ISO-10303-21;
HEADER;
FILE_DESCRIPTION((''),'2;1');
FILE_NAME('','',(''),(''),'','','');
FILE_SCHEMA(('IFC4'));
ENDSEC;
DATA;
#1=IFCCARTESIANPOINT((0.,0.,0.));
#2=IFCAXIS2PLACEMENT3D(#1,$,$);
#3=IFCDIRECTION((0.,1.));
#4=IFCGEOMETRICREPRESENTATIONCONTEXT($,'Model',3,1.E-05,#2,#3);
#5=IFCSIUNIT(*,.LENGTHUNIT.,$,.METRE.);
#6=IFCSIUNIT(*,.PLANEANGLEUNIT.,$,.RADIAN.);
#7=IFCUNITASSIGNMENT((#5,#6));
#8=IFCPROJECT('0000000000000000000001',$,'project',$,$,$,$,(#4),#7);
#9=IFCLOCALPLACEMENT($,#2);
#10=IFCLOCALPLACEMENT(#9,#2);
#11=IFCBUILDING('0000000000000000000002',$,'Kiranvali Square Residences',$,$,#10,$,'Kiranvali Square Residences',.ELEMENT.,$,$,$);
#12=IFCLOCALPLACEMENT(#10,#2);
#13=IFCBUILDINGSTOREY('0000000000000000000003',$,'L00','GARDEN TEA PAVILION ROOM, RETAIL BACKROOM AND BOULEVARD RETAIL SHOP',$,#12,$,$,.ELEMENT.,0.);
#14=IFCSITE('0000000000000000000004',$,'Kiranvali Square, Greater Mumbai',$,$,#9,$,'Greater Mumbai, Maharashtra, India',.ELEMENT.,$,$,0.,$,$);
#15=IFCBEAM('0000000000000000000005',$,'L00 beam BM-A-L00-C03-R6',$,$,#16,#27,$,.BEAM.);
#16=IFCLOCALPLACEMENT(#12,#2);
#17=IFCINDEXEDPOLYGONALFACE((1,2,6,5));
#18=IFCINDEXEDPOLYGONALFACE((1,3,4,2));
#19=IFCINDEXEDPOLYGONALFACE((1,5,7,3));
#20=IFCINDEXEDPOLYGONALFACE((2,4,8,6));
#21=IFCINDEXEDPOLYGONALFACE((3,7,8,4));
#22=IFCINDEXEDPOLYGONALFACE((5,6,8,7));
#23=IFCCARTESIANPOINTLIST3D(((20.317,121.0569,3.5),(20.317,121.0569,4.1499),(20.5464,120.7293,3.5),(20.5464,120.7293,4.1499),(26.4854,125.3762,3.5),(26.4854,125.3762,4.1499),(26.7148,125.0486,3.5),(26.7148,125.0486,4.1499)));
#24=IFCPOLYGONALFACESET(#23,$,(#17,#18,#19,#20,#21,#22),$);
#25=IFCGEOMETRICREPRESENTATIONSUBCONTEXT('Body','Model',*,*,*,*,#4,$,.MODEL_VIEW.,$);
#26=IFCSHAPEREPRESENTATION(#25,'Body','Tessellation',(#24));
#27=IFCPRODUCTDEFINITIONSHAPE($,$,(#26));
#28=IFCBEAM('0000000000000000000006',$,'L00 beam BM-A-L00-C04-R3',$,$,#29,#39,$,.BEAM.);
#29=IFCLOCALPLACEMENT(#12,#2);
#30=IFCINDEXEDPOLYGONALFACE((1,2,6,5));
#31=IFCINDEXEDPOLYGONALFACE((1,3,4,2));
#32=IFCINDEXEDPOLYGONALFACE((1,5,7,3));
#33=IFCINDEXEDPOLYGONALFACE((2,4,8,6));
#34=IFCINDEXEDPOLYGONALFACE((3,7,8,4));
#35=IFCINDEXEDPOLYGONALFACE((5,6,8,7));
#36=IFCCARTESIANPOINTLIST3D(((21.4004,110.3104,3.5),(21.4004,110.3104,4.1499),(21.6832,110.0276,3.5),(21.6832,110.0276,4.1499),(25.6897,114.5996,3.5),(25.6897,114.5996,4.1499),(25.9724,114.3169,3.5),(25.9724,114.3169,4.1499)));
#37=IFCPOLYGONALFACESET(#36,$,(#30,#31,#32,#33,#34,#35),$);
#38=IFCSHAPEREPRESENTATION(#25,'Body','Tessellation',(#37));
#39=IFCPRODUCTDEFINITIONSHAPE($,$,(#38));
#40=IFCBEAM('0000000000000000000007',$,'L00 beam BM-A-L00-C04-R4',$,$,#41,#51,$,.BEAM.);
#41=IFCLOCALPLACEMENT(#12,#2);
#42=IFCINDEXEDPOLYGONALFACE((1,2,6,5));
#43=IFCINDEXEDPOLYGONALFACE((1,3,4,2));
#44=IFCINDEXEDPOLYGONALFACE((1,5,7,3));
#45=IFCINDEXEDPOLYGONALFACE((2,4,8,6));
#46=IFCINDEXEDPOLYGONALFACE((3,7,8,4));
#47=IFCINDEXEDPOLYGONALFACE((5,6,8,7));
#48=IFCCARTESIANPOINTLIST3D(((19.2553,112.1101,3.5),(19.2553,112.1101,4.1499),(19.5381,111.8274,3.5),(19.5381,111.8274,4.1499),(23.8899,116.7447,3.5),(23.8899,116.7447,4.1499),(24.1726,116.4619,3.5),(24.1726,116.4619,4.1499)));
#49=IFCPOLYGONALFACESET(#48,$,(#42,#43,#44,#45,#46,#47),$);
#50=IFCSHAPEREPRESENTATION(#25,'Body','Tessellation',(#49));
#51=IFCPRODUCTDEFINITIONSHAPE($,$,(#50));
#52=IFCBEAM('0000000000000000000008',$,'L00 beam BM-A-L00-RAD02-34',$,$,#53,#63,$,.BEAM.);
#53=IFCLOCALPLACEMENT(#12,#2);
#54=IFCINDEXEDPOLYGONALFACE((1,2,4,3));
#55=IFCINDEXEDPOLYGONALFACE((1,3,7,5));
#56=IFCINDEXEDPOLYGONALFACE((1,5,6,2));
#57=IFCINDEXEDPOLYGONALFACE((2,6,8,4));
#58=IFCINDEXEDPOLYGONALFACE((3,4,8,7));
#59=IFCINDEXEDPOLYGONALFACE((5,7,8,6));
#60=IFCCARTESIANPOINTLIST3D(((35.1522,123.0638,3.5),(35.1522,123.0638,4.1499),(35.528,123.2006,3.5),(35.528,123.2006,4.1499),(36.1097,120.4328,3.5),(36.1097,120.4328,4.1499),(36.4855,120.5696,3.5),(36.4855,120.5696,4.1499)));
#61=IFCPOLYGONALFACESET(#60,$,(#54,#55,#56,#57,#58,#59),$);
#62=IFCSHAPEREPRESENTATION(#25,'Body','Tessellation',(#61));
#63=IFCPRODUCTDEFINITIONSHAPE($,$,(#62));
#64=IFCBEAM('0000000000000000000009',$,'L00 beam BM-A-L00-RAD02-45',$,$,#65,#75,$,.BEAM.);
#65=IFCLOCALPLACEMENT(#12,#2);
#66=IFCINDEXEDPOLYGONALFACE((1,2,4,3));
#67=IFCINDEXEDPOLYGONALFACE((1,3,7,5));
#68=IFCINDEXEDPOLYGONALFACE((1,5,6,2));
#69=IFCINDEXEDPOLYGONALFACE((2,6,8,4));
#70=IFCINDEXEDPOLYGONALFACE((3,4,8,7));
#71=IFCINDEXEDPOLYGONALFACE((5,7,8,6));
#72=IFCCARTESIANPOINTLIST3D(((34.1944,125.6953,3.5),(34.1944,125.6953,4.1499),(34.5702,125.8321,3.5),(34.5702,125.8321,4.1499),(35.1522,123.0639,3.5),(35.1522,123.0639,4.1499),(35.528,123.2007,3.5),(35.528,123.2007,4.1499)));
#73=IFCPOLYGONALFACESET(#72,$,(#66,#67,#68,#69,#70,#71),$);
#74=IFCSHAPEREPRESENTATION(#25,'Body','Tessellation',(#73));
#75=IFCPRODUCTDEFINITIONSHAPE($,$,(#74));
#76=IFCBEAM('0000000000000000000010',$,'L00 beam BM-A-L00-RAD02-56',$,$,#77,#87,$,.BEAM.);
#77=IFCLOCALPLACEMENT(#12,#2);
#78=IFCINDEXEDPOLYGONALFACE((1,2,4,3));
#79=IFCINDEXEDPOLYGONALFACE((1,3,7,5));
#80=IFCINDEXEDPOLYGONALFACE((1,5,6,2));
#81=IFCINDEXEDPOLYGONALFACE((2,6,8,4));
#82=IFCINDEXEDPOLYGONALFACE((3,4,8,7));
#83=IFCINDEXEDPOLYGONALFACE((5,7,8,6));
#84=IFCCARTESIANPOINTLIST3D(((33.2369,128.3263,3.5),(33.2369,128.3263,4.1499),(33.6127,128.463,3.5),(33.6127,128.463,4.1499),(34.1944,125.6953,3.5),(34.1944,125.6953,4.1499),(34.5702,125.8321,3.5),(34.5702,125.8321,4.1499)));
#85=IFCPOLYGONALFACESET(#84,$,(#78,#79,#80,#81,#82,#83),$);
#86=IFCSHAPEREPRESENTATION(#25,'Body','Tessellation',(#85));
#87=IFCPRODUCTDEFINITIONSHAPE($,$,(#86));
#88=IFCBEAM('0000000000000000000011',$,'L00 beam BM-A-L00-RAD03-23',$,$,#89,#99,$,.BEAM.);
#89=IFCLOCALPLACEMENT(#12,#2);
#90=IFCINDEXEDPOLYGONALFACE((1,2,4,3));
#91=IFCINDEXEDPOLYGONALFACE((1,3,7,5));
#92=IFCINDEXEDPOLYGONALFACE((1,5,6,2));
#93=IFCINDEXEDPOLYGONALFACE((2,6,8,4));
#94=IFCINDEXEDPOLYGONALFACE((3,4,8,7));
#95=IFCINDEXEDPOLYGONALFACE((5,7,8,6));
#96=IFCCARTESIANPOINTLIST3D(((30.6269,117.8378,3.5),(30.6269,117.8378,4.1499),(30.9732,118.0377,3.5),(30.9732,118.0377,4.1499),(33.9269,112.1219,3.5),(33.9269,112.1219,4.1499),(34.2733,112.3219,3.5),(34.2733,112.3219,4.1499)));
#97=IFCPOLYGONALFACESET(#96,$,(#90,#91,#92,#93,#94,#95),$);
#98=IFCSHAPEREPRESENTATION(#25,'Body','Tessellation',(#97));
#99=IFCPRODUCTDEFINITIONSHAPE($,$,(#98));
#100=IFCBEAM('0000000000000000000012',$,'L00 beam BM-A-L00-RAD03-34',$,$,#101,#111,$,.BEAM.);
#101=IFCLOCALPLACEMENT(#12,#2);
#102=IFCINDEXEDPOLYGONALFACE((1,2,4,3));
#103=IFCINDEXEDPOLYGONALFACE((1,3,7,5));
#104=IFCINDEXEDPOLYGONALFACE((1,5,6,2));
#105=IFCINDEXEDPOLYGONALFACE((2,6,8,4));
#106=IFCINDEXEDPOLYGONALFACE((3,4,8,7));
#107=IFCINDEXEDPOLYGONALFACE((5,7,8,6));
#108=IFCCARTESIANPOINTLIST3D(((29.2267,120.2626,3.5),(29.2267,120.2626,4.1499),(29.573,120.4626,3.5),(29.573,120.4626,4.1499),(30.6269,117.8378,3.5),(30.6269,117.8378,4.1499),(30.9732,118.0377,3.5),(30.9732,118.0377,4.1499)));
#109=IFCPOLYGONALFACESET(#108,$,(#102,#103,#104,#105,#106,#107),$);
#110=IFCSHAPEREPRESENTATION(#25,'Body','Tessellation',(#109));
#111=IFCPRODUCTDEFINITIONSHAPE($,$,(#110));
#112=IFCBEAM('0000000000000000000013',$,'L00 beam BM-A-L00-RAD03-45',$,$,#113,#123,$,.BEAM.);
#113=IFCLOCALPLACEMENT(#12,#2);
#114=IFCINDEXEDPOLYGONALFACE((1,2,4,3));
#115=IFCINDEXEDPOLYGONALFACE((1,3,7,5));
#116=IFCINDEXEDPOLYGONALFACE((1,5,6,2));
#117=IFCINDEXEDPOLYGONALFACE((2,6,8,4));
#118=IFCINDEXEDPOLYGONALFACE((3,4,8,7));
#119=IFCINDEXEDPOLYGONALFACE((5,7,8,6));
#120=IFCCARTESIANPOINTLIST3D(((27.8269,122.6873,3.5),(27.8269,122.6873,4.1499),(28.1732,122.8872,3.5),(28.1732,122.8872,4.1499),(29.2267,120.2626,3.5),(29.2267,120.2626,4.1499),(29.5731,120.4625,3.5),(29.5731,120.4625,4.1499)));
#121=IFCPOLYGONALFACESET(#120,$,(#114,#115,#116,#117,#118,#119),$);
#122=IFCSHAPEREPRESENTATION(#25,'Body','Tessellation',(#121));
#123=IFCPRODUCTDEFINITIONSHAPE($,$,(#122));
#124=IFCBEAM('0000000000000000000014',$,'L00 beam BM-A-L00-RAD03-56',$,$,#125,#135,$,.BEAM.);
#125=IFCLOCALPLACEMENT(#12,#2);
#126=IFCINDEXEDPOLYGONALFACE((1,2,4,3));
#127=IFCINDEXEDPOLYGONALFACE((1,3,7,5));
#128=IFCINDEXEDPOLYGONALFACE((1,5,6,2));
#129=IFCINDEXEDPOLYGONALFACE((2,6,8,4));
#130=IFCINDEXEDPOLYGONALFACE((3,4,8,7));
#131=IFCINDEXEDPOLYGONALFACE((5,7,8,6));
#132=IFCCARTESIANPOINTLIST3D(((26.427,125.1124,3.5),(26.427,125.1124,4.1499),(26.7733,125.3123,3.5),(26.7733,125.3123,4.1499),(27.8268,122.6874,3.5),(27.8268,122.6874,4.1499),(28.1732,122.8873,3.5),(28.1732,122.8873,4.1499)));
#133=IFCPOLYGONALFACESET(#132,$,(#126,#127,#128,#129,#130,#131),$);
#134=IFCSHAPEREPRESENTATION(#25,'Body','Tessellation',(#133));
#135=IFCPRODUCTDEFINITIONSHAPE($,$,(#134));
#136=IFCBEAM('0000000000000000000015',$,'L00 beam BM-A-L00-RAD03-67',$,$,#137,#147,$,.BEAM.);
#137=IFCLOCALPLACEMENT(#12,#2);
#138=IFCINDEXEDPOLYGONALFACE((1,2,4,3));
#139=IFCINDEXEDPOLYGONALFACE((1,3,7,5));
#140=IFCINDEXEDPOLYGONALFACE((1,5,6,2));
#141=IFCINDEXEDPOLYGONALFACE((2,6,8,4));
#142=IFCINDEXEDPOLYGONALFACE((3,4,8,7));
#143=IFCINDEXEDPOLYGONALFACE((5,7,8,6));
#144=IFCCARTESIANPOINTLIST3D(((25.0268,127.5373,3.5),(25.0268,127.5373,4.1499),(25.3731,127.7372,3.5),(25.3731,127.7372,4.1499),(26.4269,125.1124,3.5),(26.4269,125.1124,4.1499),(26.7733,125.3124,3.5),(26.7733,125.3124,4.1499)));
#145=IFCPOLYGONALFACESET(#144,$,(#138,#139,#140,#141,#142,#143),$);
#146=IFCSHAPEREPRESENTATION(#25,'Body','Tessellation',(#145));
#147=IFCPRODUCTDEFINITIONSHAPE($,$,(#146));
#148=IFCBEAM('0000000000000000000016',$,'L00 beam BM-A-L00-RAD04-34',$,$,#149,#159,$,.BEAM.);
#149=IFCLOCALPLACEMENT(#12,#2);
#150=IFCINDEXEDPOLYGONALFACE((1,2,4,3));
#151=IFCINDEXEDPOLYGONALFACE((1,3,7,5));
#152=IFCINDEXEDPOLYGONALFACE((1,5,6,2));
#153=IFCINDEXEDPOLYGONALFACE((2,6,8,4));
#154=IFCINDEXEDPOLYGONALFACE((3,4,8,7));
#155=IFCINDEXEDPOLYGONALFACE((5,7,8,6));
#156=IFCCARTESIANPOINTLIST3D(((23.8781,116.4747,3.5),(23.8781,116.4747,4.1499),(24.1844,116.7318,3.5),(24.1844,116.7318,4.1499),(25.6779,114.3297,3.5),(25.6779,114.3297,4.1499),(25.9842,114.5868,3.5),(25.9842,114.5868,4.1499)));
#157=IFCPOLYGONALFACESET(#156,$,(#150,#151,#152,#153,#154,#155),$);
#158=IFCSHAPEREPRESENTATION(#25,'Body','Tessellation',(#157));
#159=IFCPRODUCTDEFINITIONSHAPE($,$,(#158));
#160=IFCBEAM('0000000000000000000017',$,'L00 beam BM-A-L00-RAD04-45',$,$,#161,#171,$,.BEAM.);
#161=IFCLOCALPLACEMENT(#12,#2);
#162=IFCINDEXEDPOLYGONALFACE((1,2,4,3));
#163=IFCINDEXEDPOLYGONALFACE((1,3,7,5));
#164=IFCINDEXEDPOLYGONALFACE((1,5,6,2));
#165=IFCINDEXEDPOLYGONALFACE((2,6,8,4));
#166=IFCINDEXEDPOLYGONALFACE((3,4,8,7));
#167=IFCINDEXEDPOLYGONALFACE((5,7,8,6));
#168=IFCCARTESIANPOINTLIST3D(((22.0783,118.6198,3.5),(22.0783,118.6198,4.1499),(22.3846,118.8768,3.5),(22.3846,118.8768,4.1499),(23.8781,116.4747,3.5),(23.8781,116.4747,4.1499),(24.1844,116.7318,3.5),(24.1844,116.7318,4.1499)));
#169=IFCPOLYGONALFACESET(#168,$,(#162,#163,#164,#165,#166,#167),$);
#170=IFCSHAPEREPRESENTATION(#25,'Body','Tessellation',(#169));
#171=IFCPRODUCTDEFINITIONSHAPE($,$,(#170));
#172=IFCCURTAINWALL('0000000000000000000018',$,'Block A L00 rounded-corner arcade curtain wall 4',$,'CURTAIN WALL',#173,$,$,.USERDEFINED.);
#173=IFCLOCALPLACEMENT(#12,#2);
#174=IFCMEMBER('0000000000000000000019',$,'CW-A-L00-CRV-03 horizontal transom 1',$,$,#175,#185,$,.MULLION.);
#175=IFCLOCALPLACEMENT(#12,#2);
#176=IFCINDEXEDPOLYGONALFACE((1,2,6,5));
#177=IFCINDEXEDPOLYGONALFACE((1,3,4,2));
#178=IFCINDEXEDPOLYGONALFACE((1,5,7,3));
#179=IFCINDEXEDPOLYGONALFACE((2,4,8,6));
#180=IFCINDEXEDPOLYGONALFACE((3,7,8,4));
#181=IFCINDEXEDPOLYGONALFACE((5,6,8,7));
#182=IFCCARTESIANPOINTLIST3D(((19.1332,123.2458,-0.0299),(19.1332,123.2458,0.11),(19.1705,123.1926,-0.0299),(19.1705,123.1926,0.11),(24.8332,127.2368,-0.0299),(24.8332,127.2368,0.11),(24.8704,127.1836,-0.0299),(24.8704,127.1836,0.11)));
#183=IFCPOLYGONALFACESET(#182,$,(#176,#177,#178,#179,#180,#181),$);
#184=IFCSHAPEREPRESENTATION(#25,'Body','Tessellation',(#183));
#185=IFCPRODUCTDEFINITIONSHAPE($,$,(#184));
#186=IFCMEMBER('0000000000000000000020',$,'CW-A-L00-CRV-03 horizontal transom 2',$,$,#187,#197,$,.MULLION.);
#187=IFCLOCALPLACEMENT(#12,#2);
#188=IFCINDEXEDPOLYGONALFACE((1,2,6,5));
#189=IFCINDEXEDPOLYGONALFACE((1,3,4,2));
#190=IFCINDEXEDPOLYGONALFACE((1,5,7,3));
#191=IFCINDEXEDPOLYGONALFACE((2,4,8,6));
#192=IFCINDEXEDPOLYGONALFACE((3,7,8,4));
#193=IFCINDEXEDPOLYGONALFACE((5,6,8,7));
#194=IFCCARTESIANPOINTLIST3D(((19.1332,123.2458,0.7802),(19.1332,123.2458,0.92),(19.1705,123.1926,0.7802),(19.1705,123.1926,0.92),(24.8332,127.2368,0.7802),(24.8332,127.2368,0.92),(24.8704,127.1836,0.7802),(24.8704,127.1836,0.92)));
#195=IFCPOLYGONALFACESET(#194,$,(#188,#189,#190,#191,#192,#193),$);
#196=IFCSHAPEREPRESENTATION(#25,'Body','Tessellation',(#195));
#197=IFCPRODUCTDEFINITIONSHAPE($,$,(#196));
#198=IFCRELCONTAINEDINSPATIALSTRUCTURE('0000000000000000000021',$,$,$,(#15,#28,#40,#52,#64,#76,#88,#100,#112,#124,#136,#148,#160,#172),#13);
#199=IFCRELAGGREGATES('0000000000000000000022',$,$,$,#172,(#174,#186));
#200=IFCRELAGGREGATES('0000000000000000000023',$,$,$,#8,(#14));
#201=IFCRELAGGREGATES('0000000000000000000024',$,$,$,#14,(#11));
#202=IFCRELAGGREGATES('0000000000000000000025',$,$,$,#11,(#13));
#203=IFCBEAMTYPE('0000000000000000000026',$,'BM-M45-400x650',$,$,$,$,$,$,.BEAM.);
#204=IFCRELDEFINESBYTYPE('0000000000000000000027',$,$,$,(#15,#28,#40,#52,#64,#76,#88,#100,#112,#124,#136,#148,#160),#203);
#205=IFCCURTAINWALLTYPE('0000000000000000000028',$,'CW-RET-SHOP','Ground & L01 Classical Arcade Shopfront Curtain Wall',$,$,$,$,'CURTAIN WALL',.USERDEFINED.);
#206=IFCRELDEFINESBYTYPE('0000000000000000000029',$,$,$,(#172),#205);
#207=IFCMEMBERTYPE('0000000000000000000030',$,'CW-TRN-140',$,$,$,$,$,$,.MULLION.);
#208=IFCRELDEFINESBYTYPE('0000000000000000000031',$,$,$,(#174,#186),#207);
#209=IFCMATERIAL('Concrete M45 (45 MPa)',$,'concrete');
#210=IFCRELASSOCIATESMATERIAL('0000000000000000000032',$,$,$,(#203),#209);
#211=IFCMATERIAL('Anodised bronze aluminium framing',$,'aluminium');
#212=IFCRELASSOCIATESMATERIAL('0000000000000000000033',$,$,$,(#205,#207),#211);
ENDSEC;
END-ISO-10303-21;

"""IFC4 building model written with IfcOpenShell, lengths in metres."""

from ifc_helpers import new_model, si_unit, direction, frame, origin, origin_2d, place, context, subcontext, project, spatial, rectangle, extrude, material, material_profile, profile_set, type_object, element, aggregate, save


model = new_model("IFC4")

# Units and contexts
model_context = context("Model", 3, precision=1e-05, world=origin(), true_north=direction((0.0, 1.0)))
body_context = subcontext(model_context, "Body", "Model", "MODEL_VIEW")
ifc_project = project(units=[si_unit("LENGTHUNIT", "METRE"), si_unit("PLANEANGLEUNIT", "RADIAN")], contexts=[model_context])

# Site, building, storey
site_placement = place(None, origin())
site = spatial("IfcSite", under=ifc_project, at=site_placement, Name="Kiranvali Square, Greater Mumbai", LongName="Greater Mumbai, Maharashtra, India", CompositionType="ELEMENT", RefElevation=0.0)
building_placement = place(site_placement, origin())
building = spatial("IfcBuilding", under=site, at=building_placement, Name="Kiranvali Square Residences", LongName="Kiranvali Square Residences", CompositionType="ELEMENT")
storey_placement = place(building_placement, origin())
storey = spatial("IfcBuildingStorey", under=building, at=storey_placement, Name="L00", Description="GARDEN TEA PAVILION ROOM, RETAIL BACKROOM AND BOULEVARD RETAIL SHOP", CompositionType="ELEMENT", Elevation=0.0)

# Shared definitions
ifc_material_1 = material(Name="Concrete M45 (45 MPa)", Category="concrete")

# Beams
ifc_material_profile_1 = material_profile(ifc_material_1, rectangle(XDim=0.3999, YDim=0.6499, at=origin_2d()), Name="RC 400x650")
ifc_profile_set_1 = profile_set([ifc_material_profile_1], Name="Concrete M45 (45 MPa)")
beam_type = type_object("IfcBeamType", Name="BM-M45-400x650", PredefinedType="BEAM", material=ifc_profile_set_1)
beam_1_placement = place(storey_placement, frame((26.6001, 125.2124, 3.825), z_axis=(-0.819144, -0.573589, 0.0), x_axis=(0.573589, -0.819144, 0.0)))
element("IfcBeam", 1, at=beam_1_placement, inside=storey, type_object=beam_type, Name="L00 beam BM-A-L00-C03-R6", PredefinedType="BEAM", context=body_context, shape_type="SweptSolid", body=[
    extrude(rectangle(XDim=0.3999, YDim=0.6499, at=origin_2d()), origin(), (0.0, 0.0, 1.0), 7.5303),
])
beam_2_placement = place(storey_placement, frame((25.8311, 114.4583, 3.825), z_axis=(-0.707107, -0.707107, 0.0), x_axis=(0.707107, -0.707107, 0.0)))
element("IfcBeam", 2, at=beam_2_placement, inside=storey, type_object=beam_type, Name="L00 beam BM-A-L00-C04-R3", PredefinedType="BEAM", context=body_context, shape_type="SweptSolid", body=[
    extrude(rectangle(XDim=0.3999, YDim=0.6499, at=origin_2d()), origin(), (0.0, 0.0, 1.0), 6.0659),
])
beam_3_placement = place(storey_placement, frame((24.0312, 116.6033, 3.825), z_axis=(-0.707107, -0.707107, 0.0), x_axis=(0.707107, -0.707107, 0.0)))
element("IfcBeam", 3, at=beam_3_placement, inside=storey, type_object=beam_type, Name="L00 beam BM-A-L00-C04-R4", PredefinedType="BEAM", context=body_context, shape_type="SweptSolid", body=[
    extrude(rectangle(XDim=0.3999, YDim=0.6499, at=origin_2d()), origin(), (0.0, 0.0, 1.0), 6.5542),
])
beam_4_placement = place(storey_placement, frame((36.2976, 120.5012, 3.825), z_axis=(-0.341981, 0.939707, 0.0), x_axis=(-0.939707, -0.341981, 0.0)))
element("IfcBeam", 4, at=beam_4_placement, inside=storey, type_object=beam_type, Name="L00 beam BM-A-L00-RAD02-34", PredefinedType="BEAM", context=body_context, shape_type="SweptSolid", body=[
    extrude(rectangle(XDim=0.3999, YDim=0.6499, at=origin_2d()), origin(), (0.0, 0.0, 1.0), 2.7998),
])
beam_5_placement = place(storey_placement, frame((35.3401, 123.1323, 3.825), z_axis=(-0.34203, 0.939689, 0.0), x_axis=(-0.939689, -0.34203, 0.0)))
element("IfcBeam", 5, at=beam_5_placement, inside=storey, type_object=beam_type, Name="L00 beam BM-A-L00-RAD02-45", PredefinedType="BEAM", context=body_context, shape_type="SweptSolid", body=[
    extrude(rectangle(XDim=0.3999, YDim=0.6499, at=origin_2d()), origin(), (0.0, 0.0, 1.0), 2.8003),
])
beam_6_placement = place(storey_placement, frame((34.3823, 125.7637, 3.825), z_axis=(-0.341981, 0.939707, 0.0), x_axis=(-0.939707, -0.341981, 0.0)))
element("IfcBeam", 6, at=beam_6_placement, inside=storey, type_object=beam_type, Name="L00 beam BM-A-L00-RAD02-56", PredefinedType="BEAM", context=body_context, shape_type="SweptSolid", body=[
    extrude(rectangle(XDim=0.3999, YDim=0.6499, at=origin_2d()), origin(), (0.0, 0.0, 1.0), 2.7998),
])
beam_7_placement = place(storey_placement, frame((34.1001, 112.2219, 3.825), z_axis=(-0.500002, 0.866024, 0.0), x_axis=(-0.866024, -0.500002, 0.0)))
element("IfcBeam", 7, at=beam_7_placement, inside=storey, type_object=beam_type, Name="L00 beam BM-A-L00-RAD03-23", PredefinedType="BEAM", context=body_context, shape_type="SweptSolid", body=[
    extrude(rectangle(XDim=0.3999, YDim=0.6499, at=origin_2d()), origin(), (0.0, 0.0, 1.0), 6.6001),
])
beam_8_placement = place(storey_placement, frame((30.8, 117.9377, 3.825), z_axis=(-0.50005, 0.865997, 0.0), x_axis=(-0.865997, -0.50005, 0.0)))
element("IfcBeam", 8, at=beam_8_placement, inside=storey, type_object=beam_type, Name="L00 beam BM-A-L00-RAD03-34", PredefinedType="BEAM", context=body_context, shape_type="SweptSolid", body=[
    extrude(rectangle(XDim=0.3999, YDim=0.6499, at=origin_2d()), origin(), (0.0, 0.0, 1.0), 2.8),
])
beam_9_placement = place(storey_placement, frame((29.3999, 120.3625, 3.825), z_axis=(-0.499984, 0.866035, 0.0), x_axis=(-0.866035, -0.499984, 0.0)))
element("IfcBeam", 9, at=beam_9_placement, inside=storey, type_object=beam_type, Name="L00 beam BM-A-L00-RAD03-45", PredefinedType="BEAM", context=body_context, shape_type="SweptSolid", body=[
    extrude(rectangle(XDim=0.3999, YDim=0.6499, at=origin_2d()), origin(), (0.0, 0.0, 1.0), 2.7998),
])
for number, where, z_axis, x_axis, name in (
    (10, (28.0, 122.7874, 3.825), (-0.499946, 0.866056, 0.0), (-0.866056, -0.499946, 0.0), "L00 beam BM-A-L00-RAD03-56"),
    (11, (26.6001, 125.2124, 3.825), (-0.50005, 0.865997, 0.0), (-0.865997, -0.50005, 0.0), "L00 beam BM-A-L00-RAD03-67"),
    (12, (25.8311, 114.4583, 3.825), (-0.642771, 0.766059, 0.0), (-0.766059, -0.642771, 0.0), "L00 beam BM-A-L00-RAD04-34"),
    (13, (24.0312, 116.6033, 3.825), (-0.642771, 0.766059, 0.0), (-0.766059, -0.642771, 0.0), "L00 beam BM-A-L00-RAD04-45"),
):
    element("IfcBeam", number, at=place(storey_placement, frame(where, z_axis=z_axis, x_axis=x_axis)), inside=storey, type_object=beam_type, Name=name, PredefinedType="BEAM", context=body_context, shape_type="SweptSolid", body=[
        extrude(rectangle(XDim=0.3999, YDim=0.6499, at=origin_2d()), origin(), (0.0, 0.0, 1.0), 2.8),
    ])

# Curtain wall, members
ifc_material_2 = material(Name="Anodised bronze aluminium framing", Category="aluminium")
curtain_wall_type = type_object("IfcCurtainWallType", Name="CW-RET-SHOP", Description="Ground & L01 Classical Arcade Shopfront Curtain Wall", ElementType="CURTAIN WALL", PredefinedType="USERDEFINED", material=ifc_material_2)
curtain_wall_placement = place(storey_placement, origin())
curtain_wall = element("IfcCurtainWall", 14, at=curtain_wall_placement, inside=storey, type_object=curtain_wall_type, Name="Block A L00 rounded-corner arcade curtain wall 4", ObjectType="CURTAIN WALL", PredefinedType="USERDEFINED")
ifc_material_profile_2 = material_profile(ifc_material_2, rectangle(XDim=0.0649, YDim=0.1399, at=origin_2d()), Name="ALU 65x140")
ifc_profile_set_2 = profile_set([ifc_material_profile_2], Name="Anodised bronze aluminium framing")
member_type = type_object("IfcMemberType", Name="CW-TRN-140", PredefinedType="MULLION", material=ifc_profile_set_2)
member_1_placement = place(storey_placement, frame((24.8518, 127.2102, 0.04), z_axis=(-0.819164, -0.573559, 0.0), x_axis=(0.573559, -0.819164, 0.0)))
member_1 = element("IfcMember", 15, at=member_1_placement, type_object=member_type, Name="CW-A-L00-CRV-03 horizontal transom 1", PredefinedType="MULLION", context=body_context, shape_type="SweptSolid", body=[
    extrude(rectangle(XDim=0.0649, YDim=0.1399, at=origin_2d()), origin(), (0.0, 0.0, 1.0), 6.9583),
])
member_2_placement = place(storey_placement, frame((24.8518, 127.2102, 0.8501), z_axis=(-0.819164, -0.573559, 0.0), x_axis=(0.573559, -0.819164, 0.0)))
member_2 = element("IfcMember", 16, at=member_2_placement, type_object=member_type, Name="CW-A-L00-CRV-03 horizontal transom 2", PredefinedType="MULLION", context=body_context, shape_type="SweptSolid", body=[
    extrude(rectangle(XDim=0.0649, YDim=0.1399, at=origin_2d()), origin(), (0.0, 0.0, 1.0), 6.9583),
])
aggregate(curtain_wall, [member_1, member_2])

save(model, "model.ifc")
